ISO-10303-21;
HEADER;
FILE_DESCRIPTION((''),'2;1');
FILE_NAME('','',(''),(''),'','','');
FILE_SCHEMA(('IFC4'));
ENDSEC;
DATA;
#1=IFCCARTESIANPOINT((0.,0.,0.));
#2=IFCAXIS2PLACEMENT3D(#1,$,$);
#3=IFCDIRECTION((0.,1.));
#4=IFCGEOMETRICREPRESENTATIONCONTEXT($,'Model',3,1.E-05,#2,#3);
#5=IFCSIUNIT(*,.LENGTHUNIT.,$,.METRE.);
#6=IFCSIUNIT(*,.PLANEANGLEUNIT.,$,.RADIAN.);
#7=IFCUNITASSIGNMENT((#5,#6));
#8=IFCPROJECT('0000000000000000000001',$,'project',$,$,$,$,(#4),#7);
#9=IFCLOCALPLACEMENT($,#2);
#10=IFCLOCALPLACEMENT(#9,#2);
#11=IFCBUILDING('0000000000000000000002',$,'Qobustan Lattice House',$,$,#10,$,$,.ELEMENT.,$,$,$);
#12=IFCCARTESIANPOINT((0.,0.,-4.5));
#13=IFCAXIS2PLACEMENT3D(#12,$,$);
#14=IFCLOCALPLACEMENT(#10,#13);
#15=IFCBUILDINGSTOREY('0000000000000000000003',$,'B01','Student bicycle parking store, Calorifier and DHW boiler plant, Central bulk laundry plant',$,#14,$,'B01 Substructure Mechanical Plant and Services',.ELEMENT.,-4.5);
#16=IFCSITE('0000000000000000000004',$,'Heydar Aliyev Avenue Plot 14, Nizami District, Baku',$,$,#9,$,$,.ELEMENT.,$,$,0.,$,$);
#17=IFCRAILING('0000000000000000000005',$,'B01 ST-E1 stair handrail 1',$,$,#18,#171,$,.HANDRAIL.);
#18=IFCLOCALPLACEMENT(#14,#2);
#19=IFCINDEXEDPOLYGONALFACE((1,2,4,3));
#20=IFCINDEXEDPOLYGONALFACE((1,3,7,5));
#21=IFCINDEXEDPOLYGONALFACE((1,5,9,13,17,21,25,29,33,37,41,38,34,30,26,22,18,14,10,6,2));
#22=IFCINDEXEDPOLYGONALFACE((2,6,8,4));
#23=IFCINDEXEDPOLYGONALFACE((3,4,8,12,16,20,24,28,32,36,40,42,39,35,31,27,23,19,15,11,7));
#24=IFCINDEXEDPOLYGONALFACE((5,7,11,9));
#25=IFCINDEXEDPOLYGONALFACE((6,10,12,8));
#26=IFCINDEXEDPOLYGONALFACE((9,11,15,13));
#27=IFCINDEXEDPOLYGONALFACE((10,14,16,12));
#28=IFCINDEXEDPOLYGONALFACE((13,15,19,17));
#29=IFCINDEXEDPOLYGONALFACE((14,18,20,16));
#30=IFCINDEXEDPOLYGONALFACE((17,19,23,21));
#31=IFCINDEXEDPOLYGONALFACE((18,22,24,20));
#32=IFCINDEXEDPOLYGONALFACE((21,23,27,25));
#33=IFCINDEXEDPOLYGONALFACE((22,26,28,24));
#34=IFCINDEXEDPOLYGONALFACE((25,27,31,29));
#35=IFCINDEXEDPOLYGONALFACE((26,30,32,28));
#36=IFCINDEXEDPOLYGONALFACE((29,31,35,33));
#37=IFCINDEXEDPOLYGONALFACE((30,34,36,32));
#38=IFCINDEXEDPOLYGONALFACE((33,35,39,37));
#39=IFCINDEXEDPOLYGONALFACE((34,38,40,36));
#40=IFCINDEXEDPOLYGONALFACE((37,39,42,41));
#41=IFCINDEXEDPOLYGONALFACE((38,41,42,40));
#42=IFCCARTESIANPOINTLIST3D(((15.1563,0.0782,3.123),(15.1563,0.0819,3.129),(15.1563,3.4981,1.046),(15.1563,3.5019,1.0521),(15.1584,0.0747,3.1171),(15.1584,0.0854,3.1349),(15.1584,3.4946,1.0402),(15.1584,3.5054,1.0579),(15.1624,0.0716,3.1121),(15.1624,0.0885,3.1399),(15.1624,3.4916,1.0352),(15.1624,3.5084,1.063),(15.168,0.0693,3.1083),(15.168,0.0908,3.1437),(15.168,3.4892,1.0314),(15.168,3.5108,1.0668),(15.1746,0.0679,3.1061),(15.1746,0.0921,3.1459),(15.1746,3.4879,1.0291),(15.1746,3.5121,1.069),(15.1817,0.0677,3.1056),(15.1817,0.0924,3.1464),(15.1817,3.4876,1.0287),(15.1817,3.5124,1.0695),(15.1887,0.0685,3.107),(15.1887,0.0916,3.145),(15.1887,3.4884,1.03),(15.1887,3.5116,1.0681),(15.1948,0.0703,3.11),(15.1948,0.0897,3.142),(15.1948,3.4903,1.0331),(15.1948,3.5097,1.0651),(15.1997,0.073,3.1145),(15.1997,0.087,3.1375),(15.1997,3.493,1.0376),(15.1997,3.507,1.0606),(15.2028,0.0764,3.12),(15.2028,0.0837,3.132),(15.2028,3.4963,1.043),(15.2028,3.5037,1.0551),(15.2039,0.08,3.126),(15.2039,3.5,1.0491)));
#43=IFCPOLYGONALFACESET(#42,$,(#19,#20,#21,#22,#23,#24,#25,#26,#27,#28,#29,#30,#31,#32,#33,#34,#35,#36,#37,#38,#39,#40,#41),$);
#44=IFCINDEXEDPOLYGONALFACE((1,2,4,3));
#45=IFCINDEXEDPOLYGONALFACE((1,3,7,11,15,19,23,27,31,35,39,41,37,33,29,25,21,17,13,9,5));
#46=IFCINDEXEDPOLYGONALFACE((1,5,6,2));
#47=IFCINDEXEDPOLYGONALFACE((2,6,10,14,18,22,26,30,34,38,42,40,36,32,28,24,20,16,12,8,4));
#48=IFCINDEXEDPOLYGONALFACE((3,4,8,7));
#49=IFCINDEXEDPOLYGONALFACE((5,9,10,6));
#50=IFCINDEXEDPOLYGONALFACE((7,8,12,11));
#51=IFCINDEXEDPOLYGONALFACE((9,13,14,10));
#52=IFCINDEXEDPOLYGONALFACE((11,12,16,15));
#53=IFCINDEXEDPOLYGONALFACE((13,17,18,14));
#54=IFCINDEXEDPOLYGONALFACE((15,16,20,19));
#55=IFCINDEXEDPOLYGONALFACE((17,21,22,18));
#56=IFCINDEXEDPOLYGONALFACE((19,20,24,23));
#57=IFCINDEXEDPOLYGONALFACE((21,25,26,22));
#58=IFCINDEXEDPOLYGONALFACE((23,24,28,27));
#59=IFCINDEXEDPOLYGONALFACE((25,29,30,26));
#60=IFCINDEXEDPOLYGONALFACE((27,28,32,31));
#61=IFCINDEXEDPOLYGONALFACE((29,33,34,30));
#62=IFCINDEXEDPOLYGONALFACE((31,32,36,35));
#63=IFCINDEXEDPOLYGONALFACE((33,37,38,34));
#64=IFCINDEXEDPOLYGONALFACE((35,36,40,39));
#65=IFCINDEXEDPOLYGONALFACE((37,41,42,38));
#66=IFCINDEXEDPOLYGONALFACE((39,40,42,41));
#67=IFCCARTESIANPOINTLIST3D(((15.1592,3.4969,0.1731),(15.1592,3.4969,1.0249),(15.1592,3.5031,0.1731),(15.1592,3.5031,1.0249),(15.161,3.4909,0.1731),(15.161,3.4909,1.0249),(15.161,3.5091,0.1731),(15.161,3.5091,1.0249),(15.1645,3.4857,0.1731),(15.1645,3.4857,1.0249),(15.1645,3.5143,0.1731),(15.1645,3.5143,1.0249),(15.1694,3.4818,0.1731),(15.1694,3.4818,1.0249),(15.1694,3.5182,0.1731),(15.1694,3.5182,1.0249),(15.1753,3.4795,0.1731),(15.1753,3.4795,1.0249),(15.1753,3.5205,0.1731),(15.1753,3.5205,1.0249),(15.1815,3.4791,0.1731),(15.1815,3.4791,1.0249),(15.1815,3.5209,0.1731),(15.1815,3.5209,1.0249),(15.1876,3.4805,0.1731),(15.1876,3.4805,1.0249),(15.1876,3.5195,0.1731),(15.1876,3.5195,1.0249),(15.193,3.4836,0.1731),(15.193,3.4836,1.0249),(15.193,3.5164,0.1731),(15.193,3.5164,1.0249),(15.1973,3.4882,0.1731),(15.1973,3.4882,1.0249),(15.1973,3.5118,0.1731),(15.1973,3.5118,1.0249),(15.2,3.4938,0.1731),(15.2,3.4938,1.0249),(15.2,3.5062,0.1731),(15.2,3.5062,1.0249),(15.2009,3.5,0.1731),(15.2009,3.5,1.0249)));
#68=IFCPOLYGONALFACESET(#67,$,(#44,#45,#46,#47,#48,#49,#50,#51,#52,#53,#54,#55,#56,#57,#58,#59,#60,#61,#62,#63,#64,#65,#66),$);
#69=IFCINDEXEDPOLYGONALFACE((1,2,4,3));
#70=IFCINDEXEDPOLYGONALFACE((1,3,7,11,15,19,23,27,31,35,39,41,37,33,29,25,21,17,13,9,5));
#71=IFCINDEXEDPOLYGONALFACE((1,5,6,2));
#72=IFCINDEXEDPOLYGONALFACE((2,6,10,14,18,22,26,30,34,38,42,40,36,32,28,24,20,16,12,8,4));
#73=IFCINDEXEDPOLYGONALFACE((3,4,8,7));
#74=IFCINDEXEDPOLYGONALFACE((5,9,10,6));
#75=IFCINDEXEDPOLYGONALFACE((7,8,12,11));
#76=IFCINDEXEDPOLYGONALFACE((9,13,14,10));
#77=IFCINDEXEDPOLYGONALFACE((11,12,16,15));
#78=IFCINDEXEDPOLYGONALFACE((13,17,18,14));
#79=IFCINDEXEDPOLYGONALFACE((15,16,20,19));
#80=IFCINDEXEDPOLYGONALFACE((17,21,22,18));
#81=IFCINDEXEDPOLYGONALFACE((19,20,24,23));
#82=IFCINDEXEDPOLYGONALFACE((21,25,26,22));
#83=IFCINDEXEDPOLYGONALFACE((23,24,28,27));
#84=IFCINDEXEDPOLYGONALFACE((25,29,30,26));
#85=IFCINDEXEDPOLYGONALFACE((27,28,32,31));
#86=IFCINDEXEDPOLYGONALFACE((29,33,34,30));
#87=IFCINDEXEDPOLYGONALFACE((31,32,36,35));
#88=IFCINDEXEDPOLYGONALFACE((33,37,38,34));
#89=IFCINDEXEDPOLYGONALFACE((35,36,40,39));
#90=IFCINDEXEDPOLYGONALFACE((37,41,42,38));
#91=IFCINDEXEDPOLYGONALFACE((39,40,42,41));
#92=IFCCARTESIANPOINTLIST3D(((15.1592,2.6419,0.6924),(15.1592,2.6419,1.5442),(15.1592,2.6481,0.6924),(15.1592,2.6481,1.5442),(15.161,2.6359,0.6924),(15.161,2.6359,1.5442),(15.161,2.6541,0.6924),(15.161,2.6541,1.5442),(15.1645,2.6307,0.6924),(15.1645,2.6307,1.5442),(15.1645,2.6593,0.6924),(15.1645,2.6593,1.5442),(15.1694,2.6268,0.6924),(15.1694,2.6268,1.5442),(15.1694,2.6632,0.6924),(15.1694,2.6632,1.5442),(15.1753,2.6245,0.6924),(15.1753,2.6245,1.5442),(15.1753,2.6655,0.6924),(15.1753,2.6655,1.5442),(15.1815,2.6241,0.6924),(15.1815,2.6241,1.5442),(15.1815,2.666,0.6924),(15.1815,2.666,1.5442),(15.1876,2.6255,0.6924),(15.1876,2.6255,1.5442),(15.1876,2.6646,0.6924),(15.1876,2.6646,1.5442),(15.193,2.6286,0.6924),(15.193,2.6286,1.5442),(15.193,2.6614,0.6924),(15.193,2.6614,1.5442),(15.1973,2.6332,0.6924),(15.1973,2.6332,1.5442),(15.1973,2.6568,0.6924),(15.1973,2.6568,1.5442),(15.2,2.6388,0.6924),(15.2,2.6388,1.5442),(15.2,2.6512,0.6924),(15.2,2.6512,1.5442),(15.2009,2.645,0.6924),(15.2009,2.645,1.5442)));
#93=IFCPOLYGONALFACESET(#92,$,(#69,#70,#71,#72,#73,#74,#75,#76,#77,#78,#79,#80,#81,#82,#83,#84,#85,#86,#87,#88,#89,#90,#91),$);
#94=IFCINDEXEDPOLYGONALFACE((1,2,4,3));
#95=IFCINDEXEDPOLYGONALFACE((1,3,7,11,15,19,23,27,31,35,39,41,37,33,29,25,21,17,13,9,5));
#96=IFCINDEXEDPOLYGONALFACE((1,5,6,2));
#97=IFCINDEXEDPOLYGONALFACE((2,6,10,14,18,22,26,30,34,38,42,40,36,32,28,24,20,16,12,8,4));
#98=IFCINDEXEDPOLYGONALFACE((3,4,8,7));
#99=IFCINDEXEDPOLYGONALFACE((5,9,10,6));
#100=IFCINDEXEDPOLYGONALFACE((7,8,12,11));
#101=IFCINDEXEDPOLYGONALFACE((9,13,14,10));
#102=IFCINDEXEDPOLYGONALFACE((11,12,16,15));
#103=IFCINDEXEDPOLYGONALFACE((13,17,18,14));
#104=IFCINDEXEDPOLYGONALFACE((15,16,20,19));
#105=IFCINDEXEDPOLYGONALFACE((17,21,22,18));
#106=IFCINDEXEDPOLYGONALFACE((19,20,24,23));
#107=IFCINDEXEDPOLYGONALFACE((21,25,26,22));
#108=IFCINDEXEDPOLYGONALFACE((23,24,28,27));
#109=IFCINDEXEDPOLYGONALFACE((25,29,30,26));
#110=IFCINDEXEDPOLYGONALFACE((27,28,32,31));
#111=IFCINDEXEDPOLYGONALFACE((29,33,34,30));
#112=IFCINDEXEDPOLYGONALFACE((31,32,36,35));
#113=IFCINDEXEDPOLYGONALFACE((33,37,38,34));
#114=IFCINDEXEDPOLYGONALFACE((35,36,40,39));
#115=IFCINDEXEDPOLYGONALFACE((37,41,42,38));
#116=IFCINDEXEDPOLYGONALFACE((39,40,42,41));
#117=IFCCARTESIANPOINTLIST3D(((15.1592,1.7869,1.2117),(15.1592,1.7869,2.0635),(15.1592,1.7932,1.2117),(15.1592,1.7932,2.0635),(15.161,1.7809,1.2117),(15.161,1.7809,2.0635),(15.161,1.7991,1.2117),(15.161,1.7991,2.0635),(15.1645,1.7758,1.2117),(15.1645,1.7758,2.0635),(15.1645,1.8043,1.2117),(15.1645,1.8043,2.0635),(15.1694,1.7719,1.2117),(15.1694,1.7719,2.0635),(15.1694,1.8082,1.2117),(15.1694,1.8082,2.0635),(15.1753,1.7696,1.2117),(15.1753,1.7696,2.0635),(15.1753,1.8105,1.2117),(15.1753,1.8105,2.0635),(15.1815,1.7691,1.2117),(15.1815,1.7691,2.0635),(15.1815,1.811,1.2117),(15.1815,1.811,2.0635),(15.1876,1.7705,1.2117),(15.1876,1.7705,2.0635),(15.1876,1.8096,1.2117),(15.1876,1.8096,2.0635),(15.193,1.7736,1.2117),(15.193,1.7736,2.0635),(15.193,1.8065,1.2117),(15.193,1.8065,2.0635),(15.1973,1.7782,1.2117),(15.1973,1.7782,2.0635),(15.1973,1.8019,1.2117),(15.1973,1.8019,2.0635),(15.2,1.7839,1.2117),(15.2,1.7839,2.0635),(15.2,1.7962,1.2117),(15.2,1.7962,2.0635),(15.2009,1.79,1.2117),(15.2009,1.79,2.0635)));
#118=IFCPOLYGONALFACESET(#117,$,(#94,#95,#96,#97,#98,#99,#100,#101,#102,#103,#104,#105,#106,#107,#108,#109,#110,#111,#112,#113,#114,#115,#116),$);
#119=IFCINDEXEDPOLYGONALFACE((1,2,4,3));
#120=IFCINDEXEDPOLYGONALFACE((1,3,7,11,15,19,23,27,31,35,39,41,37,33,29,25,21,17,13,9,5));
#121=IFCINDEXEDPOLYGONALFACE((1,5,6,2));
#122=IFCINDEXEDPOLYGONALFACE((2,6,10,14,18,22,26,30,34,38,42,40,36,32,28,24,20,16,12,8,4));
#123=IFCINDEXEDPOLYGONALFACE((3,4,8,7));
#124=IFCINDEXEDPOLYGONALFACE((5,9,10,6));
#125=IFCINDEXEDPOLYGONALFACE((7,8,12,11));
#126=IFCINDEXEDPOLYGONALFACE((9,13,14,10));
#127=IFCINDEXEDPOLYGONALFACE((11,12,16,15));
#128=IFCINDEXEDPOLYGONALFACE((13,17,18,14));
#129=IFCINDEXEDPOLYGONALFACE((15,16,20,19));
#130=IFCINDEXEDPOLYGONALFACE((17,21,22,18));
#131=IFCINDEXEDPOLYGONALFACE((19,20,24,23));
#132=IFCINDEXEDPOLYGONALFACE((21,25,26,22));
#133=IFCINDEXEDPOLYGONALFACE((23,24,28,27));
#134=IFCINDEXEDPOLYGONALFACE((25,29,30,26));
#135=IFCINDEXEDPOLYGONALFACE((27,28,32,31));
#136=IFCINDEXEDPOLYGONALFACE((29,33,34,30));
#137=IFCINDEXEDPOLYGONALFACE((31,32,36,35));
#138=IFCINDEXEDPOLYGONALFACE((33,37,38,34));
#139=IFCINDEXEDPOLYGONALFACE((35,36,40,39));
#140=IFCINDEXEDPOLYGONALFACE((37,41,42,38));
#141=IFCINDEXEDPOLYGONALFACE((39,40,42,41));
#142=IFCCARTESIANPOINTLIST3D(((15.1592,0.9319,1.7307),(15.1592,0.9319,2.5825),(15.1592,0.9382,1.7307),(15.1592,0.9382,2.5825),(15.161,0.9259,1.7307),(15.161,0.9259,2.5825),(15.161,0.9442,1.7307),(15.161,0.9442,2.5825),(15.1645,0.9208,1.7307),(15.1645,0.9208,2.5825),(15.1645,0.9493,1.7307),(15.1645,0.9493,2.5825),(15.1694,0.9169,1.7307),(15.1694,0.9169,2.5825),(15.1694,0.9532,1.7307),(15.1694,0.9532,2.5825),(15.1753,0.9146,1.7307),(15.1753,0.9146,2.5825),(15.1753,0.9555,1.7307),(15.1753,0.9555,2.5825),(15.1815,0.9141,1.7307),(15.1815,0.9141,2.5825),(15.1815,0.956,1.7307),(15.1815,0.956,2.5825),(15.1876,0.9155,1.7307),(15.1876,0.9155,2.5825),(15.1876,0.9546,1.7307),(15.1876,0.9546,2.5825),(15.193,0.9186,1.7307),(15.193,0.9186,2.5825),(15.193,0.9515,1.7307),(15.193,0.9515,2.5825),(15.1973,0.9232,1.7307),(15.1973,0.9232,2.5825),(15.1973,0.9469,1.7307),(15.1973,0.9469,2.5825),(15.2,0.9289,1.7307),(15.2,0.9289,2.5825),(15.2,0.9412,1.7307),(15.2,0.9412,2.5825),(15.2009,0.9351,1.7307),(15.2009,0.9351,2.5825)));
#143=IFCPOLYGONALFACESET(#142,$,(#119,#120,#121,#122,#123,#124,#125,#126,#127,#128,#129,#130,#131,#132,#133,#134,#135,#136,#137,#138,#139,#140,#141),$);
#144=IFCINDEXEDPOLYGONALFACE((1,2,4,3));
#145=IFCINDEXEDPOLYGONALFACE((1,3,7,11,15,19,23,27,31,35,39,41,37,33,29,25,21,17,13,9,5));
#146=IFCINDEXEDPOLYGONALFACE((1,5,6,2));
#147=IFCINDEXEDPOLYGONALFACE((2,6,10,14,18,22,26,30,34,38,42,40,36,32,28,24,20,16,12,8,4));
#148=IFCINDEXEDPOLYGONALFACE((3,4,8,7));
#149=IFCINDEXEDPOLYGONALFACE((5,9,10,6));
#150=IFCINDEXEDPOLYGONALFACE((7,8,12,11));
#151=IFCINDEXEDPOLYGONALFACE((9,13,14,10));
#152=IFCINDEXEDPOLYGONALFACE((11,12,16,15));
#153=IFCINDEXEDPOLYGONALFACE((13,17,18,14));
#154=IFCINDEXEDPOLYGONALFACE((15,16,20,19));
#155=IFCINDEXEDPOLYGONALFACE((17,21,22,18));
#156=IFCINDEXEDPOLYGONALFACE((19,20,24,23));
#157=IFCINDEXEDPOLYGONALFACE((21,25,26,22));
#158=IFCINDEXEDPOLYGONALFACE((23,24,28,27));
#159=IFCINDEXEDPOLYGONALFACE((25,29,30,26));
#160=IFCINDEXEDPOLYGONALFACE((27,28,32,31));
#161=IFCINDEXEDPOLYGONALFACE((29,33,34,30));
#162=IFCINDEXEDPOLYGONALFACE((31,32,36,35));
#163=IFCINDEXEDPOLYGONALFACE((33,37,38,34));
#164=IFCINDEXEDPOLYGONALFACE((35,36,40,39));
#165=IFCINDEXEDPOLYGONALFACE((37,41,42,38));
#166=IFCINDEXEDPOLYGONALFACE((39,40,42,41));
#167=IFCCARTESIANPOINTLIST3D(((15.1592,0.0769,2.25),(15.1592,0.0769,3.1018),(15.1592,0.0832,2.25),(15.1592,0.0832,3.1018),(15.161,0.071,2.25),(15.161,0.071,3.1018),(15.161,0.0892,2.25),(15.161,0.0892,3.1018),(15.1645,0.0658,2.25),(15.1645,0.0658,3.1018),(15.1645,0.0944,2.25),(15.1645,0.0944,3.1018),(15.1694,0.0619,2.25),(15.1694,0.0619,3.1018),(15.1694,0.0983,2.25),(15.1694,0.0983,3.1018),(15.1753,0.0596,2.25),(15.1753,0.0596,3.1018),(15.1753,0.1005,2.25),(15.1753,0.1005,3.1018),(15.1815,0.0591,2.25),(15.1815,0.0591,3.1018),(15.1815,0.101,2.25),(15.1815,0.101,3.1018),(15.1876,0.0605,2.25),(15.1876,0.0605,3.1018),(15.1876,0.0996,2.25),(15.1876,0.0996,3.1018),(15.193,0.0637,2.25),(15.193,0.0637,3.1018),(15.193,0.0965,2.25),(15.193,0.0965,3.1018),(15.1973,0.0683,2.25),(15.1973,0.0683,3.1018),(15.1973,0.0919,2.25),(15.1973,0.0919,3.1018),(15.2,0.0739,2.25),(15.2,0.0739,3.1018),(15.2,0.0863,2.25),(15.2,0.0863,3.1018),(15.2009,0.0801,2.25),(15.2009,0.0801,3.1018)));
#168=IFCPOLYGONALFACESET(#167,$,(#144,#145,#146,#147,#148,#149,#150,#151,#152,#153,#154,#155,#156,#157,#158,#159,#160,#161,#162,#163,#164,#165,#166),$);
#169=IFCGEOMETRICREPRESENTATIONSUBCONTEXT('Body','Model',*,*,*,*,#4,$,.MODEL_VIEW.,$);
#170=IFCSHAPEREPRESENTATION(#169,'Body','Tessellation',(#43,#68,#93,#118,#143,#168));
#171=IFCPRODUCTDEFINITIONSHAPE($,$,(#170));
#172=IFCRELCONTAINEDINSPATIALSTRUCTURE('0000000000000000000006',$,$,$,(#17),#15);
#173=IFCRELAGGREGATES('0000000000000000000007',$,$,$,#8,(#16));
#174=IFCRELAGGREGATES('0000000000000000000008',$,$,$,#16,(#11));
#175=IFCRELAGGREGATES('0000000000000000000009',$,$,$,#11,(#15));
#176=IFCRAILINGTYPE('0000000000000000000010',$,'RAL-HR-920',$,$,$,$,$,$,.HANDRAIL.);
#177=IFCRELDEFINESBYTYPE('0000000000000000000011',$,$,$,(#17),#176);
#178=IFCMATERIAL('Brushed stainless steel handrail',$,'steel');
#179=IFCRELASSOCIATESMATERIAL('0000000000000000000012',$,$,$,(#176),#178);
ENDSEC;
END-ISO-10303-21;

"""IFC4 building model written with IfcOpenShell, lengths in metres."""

from ifc_helpers import new_model, si_unit, direction, frame, origin, origin_2d, place, context, subcontext, project, spatial, circle, extrude, material, type_object, element, save


model = new_model("IFC4")

# Units and contexts
model_context = context("Model", 3, precision=1e-05, world=origin(), true_north=direction((0.0, 1.0)))
body_context = subcontext(model_context, "Body", "Model", "MODEL_VIEW")
ifc_project = project(units=[si_unit("LENGTHUNIT", "METRE"), si_unit("PLANEANGLEUNIT", "RADIAN")], contexts=[model_context])

# Site, building, storey
site_placement = place(None, origin())
site = spatial("IfcSite", under=ifc_project, at=site_placement, Name="Heydar Aliyev Avenue Plot 14, Nizami District, Baku", CompositionType="ELEMENT", RefElevation=0.0)
building_placement = place(site_placement, origin())
building = spatial("IfcBuilding", under=site, at=building_placement, Name="Qobustan Lattice House", CompositionType="ELEMENT")
storey_placement = place(building_placement, frame((0.0, 0.0, -4.5)))
storey = spatial("IfcBuildingStorey", under=building, at=storey_placement, Name="B01", Description="Student bicycle parking store, Calorifier and DHW boiler plant, Central bulk laundry plant", LongName="B01 Substructure Mechanical Plant and Services", CompositionType="ELEMENT", Elevation=-4.5)

# Railing
ifc_material_1 = material(Name="Brushed stainless steel handrail", Category="steel")
railing_type_1 = type_object("IfcRailingType", Name="RAL-HR-920", PredefinedType="HANDRAIL", material=ifc_material_1)
railing_1_placement = place(storey_placement, frame((15.1799, 3.5, 0.1731)))
element("IfcRailing", 1, at=railing_1_placement, inside=storey, type_object=railing_type_1, Name="B01 ST-E1 stair handrail 1", PredefinedType="HANDRAIL", context=body_context, shape_type="SweptSolid", body=[
    extrude(circle(Radius=0.0239, at=origin_2d()), frame((0.0, 0.0, 0.876), z_axis=(0.0, -0.85473, 0.519074), x_axis=(1.0, 0.0, 0.0)), (0.0, 0.0, 1.0), 4.0012),
    extrude(circle(Radius=0.021, at=origin_2d()), origin(), (0.0, 0.0, 1.0), 0.8518),
    extrude(circle(Radius=0.021, at=origin_2d()), frame((0.0, -0.855, 0.5193)), (0.0, 0.0, 1.0), 0.8518),
    extrude(circle(Radius=0.021, at=origin_2d()), frame((0.0, -1.71, 1.0386)), (0.0, 0.0, 1.0), 0.8518),
    extrude(circle(Radius=0.021, at=origin_2d()), frame((0.0, -2.5649, 1.5576)), (0.0, 0.0, 1.0), 0.8518),
    extrude(circle(Radius=0.021, at=origin_2d()), frame((0.0, -3.4199, 2.0769)), (0.0, 0.0, 1.0), 0.8518),
])

save(model, "model.ifc")
